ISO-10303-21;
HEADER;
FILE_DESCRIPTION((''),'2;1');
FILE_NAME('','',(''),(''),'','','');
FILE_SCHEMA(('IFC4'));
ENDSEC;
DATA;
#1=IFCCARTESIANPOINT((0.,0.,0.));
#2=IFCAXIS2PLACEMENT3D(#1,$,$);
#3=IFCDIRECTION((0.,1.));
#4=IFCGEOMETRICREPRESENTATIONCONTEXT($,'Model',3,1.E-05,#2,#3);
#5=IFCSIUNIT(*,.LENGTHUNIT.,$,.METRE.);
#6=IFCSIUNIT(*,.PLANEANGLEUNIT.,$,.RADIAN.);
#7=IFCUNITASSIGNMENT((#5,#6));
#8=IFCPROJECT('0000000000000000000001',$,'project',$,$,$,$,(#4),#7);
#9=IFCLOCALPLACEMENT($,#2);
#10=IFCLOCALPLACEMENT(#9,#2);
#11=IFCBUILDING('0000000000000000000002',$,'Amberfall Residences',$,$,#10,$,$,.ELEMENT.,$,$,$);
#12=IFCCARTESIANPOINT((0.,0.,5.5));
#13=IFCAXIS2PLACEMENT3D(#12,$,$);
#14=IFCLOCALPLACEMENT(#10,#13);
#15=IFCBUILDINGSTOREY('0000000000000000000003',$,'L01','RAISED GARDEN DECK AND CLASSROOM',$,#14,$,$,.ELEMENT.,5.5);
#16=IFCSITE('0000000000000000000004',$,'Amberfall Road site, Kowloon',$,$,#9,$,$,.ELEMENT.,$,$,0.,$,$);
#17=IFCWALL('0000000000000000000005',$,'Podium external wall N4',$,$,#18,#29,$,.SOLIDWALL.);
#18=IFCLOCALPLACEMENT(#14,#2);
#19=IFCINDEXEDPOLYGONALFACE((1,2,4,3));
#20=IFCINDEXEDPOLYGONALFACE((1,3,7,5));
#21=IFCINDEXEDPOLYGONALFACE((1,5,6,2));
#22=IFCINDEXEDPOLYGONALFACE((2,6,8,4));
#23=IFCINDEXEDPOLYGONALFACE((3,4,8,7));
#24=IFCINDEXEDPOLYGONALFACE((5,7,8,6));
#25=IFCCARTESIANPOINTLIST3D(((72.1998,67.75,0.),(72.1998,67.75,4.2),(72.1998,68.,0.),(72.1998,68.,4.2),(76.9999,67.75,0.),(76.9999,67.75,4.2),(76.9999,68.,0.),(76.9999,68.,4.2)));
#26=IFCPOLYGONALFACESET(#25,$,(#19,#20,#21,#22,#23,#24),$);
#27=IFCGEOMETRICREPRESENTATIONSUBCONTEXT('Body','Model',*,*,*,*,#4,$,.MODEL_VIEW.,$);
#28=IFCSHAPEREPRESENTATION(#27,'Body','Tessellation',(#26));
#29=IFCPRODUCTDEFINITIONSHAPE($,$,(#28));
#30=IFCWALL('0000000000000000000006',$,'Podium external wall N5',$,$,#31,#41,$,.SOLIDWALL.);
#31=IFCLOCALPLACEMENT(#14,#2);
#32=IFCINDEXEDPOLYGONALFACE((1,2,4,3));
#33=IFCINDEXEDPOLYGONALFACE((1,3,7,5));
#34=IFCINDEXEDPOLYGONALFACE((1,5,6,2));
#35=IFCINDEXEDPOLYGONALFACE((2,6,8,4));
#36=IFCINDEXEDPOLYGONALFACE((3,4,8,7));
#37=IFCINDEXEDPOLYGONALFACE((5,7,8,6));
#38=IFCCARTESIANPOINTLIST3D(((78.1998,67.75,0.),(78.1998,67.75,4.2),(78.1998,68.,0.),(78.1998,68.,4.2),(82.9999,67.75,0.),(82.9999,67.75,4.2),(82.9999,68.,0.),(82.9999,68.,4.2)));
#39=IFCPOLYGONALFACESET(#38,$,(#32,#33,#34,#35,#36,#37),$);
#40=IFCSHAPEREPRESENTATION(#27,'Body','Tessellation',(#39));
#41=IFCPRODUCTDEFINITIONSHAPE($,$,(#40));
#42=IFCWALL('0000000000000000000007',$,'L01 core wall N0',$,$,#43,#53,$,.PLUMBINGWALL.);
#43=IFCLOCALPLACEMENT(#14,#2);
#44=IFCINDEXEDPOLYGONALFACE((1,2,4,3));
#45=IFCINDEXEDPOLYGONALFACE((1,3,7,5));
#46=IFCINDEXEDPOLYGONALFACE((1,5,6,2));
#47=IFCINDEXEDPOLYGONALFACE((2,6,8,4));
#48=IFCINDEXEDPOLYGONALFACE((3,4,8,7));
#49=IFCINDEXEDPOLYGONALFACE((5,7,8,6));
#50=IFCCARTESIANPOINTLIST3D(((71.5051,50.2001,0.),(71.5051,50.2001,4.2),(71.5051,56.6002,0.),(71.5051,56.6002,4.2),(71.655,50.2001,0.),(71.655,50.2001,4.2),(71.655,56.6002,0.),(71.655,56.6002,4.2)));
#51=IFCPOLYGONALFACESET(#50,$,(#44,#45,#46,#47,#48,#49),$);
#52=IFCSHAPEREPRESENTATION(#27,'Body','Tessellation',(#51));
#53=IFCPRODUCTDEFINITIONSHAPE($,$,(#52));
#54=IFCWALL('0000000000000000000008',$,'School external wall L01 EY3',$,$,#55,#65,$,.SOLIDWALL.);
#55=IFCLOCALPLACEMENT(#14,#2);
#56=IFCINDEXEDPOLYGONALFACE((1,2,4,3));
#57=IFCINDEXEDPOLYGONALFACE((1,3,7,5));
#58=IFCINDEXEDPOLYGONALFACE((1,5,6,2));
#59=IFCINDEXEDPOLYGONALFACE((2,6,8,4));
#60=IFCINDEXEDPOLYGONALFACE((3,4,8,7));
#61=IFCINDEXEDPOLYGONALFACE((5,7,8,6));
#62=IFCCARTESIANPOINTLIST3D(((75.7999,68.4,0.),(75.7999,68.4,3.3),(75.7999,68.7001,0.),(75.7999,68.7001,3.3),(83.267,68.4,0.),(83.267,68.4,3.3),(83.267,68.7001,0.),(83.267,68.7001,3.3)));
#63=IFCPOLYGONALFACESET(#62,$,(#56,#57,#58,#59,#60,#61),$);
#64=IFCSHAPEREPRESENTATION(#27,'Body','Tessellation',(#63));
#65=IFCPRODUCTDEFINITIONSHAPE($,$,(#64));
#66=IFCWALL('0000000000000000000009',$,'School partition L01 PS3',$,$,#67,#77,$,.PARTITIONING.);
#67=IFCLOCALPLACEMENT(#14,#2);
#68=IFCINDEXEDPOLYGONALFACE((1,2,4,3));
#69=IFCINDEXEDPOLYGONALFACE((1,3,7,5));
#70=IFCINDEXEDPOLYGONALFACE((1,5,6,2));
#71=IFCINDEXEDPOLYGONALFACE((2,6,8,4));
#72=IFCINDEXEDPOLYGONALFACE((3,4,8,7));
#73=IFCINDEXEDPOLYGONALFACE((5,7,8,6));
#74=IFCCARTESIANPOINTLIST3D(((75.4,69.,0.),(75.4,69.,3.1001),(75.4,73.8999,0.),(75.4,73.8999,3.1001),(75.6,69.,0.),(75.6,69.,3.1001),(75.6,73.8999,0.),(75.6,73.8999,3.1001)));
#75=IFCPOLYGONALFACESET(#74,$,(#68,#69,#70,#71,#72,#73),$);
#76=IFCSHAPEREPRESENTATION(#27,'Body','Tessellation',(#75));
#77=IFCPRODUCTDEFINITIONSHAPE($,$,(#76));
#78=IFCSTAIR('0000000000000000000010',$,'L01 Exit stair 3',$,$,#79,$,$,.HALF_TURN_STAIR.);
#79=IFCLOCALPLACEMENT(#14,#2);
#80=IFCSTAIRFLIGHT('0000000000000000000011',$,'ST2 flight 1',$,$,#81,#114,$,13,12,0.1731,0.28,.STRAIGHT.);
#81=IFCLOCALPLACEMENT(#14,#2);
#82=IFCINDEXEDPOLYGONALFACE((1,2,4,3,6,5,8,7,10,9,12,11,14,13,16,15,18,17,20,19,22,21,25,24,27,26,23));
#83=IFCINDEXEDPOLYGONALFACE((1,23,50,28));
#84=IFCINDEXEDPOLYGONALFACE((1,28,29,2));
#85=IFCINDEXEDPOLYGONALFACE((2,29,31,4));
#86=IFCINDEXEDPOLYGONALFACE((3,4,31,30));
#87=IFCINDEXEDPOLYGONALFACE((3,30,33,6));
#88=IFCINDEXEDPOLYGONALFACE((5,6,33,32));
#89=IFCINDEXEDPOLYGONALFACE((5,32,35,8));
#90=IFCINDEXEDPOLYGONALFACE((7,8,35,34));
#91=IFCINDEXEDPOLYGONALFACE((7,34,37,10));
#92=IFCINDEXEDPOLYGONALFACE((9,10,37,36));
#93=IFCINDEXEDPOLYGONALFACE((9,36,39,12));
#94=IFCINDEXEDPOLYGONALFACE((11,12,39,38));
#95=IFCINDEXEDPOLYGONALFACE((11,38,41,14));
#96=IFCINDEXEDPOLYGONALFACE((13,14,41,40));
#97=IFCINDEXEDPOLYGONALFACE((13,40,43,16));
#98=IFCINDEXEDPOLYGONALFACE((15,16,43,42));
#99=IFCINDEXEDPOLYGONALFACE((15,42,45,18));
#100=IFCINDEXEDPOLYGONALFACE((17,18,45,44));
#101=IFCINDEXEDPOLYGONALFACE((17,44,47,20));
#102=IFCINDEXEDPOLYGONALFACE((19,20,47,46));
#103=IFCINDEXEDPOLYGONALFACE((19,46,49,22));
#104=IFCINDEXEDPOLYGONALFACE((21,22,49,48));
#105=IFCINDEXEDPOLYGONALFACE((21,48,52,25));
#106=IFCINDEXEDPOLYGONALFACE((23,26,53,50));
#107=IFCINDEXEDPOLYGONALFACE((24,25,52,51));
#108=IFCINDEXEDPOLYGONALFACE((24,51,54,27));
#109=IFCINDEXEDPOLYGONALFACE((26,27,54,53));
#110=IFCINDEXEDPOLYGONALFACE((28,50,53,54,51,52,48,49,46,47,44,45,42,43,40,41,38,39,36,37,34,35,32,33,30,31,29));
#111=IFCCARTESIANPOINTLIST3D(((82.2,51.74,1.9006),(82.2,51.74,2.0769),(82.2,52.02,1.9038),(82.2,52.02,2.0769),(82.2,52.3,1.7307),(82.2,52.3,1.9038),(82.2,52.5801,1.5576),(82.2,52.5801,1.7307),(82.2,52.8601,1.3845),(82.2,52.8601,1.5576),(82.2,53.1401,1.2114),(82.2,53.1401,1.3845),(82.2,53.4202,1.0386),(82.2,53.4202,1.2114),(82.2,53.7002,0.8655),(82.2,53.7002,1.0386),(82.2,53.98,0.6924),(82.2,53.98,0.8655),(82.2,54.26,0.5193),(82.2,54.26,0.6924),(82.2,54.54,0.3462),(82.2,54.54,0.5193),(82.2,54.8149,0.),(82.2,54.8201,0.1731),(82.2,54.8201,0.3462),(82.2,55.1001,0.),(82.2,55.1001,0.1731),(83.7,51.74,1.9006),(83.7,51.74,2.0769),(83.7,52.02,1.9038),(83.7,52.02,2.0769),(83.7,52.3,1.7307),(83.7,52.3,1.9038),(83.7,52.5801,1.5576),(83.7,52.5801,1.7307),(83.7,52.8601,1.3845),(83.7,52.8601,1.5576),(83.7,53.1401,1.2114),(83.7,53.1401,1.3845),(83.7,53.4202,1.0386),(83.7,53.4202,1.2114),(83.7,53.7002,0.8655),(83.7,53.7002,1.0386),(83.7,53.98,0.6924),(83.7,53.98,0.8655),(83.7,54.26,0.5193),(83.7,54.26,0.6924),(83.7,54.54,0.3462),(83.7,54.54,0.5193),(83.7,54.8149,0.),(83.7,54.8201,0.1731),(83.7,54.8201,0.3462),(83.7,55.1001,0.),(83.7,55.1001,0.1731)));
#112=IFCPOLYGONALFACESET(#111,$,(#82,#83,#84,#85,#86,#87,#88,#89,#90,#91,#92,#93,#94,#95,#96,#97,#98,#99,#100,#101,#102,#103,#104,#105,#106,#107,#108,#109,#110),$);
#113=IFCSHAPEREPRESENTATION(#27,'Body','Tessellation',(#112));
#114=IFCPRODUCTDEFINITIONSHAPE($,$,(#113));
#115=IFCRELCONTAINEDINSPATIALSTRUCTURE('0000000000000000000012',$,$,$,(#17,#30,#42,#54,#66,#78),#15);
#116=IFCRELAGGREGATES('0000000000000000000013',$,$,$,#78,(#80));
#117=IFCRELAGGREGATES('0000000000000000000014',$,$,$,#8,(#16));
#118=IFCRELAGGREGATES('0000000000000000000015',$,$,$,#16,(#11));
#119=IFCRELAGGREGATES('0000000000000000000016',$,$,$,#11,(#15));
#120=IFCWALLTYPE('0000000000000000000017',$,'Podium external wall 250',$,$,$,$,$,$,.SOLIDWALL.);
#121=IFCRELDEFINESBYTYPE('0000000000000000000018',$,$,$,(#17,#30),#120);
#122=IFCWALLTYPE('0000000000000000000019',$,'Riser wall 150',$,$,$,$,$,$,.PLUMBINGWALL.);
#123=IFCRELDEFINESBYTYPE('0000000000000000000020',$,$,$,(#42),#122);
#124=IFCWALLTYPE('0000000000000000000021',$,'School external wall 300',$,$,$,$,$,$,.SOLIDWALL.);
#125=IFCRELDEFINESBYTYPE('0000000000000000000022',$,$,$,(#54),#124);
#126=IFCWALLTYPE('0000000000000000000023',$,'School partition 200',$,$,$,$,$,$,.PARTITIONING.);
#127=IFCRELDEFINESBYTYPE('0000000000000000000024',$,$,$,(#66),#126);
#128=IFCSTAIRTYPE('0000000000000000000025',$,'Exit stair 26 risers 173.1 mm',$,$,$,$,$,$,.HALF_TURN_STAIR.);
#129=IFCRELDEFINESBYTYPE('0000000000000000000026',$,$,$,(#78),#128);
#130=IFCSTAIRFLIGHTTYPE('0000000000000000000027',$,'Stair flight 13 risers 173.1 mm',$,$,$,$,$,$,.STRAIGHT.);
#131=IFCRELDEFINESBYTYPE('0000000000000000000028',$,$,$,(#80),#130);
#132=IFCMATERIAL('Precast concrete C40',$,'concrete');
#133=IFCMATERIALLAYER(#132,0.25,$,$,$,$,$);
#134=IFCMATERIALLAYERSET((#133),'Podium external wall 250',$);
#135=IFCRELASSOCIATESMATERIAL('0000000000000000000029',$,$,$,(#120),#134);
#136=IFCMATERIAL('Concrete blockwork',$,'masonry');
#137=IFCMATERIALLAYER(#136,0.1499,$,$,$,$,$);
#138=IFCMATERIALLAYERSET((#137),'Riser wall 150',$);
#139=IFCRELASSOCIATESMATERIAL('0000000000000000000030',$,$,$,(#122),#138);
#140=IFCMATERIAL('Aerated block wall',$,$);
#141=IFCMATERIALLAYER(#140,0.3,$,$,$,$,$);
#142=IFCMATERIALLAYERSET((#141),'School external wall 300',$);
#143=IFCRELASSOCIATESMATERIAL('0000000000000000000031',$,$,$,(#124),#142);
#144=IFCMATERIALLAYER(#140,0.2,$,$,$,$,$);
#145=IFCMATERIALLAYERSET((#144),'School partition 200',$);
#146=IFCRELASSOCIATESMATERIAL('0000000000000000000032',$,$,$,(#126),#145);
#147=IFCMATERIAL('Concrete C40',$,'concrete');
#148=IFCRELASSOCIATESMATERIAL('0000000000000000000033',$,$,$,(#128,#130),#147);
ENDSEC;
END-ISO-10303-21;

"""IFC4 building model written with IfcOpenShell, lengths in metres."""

from ifc_helpers import new_model, si_unit, direction, frame, frame_2d, origin, place, context, subcontext, project, spatial, polyline, rectangle, outline, extrude, material, layer, layer_set, type_object, element, aggregate, save


model = new_model("IFC4")

# Units and contexts
model_context = context("Model", 3, precision=1e-05, world=origin(), true_north=direction((0.0, 1.0)))
body_context = subcontext(model_context, "Body", "Model", "MODEL_VIEW")
ifc_project = project(units=[si_unit("LENGTHUNIT", "METRE"), si_unit("PLANEANGLEUNIT", "RADIAN")], contexts=[model_context])

# Site, building, storey
site_placement = place(None, origin())
site = spatial("IfcSite", under=ifc_project, at=site_placement, Name="Amberfall Road site, Kowloon", CompositionType="ELEMENT", RefElevation=0.0)
building_placement = place(site_placement, origin())
building = spatial("IfcBuilding", under=site, at=building_placement, Name="Amberfall Residences", CompositionType="ELEMENT")
storey_placement = place(building_placement, frame((0.0, 0.0, 5.5)))
storey = spatial("IfcBuildingStorey", under=building, at=storey_placement, Name="L01", Description="RAISED GARDEN DECK AND CLASSROOM", CompositionType="ELEMENT", Elevation=5.5)

# Shared definitions
ifc_material_1 = material(Name="Concrete C40", Category="concrete")

# Walls
ifc_material_2 = material(Name="Precast concrete C40", Category="concrete")
ifc_layer_1 = layer(ifc_material_2, 0.25)
ifc_layer_set_1 = layer_set([ifc_layer_1], Name="Podium external wall 250")
wall_type_1 = type_object("IfcWallType", Name="Podium external wall 250", PredefinedType="SOLIDWALL", material=ifc_layer_set_1)
for number, where, z_axis, x_axis, name in (
    (1, (72.2, 67.875, 0.0), (0.0, 0.0, 1.0), (1.0, 0.0, 0.0), "Podium external wall N4"),
    (2, (78.2, 67.875, 0.0), (0.0, 0.0, 1.0), (1.0, 0.0, 0.0), "Podium external wall N5"),
):
    element("IfcWall", number, at=place(storey_placement, frame(where, z_axis=z_axis, x_axis=x_axis)), inside=storey, type_object=wall_type_1, Name=name, PredefinedType="SOLIDWALL", context=body_context, shape_type="SweptSolid", body=[
        extrude(rectangle(XDim=4.8, YDim=0.25, at=frame_2d((2.3999, 0.0))), origin(), (0.0, 0.0, 1.0), 4.2),
    ])
ifc_material_3 = material(Name="Concrete blockwork", Category="masonry")
ifc_layer_2 = layer(ifc_material_3, 0.1499)
ifc_layer_set_2 = layer_set([ifc_layer_2], Name="Riser wall 150")
wall_type_2 = type_object("IfcWallType", Name="Riser wall 150", PredefinedType="PLUMBINGWALL", material=ifc_layer_set_2)
wall_1_placement = place(storey_placement, frame((71.5801, 50.2, 0.0), z_axis=(0.0, 0.0, 1.0), x_axis=(0.0, 1.0, 0.0)))
element("IfcWall", 3, at=wall_1_placement, inside=storey, type_object=wall_type_2, Name="L01 core wall N0", PredefinedType="PLUMBINGWALL", context=body_context, shape_type="SweptSolid", body=[
    extrude(rectangle(XDim=6.4001, YDim=0.1499, at=frame_2d((3.2002, 0.0))), origin(), (0.0, 0.0, 1.0), 4.2),
])
ifc_material_4 = material(Name="Aerated block wall")
ifc_layer_3 = layer(ifc_material_4, 0.3)
ifc_layer_set_3 = layer_set([ifc_layer_3], Name="School external wall 300")
wall_type_3 = type_object("IfcWallType", Name="School external wall 300", PredefinedType="SOLIDWALL", material=ifc_layer_set_3)
wall_2_placement = place(storey_placement, frame((75.8, 68.55, 0.0), z_axis=(0.0, 0.0, 1.0), x_axis=(1.0, 0.0, 0.0)))
element("IfcWall", 4, at=wall_2_placement, inside=storey, type_object=wall_type_3, Name="School external wall L01 EY3", PredefinedType="SOLIDWALL", context=body_context, shape_type="SweptSolid", body=[
    extrude(rectangle(XDim=7.467, YDim=0.3, at=frame_2d((3.7334, 0.0))), origin(), (0.0, 0.0, 1.0), 3.3),
])
ifc_layer_4 = layer(ifc_material_4, 0.2)
ifc_layer_set_4 = layer_set([ifc_layer_4], Name="School partition 200")
wall_type_4 = type_object("IfcWallType", Name="School partition 200", PredefinedType="PARTITIONING", material=ifc_layer_set_4)
wall_3_placement = place(storey_placement, frame((75.5, 69.0, 0.0), z_axis=(0.0, 0.0, 1.0), x_axis=(0.0, 1.0, 0.0)))
element("IfcWall", 5, at=wall_3_placement, inside=storey, type_object=wall_type_4, Name="School partition L01 PS3", PredefinedType="PARTITIONING", context=body_context, shape_type="SweptSolid", body=[
    extrude(rectangle(XDim=4.8999, YDim=0.2, at=frame_2d((2.45, 0.0))), origin(), (0.0, 0.0, 1.0), 3.1001),
])

# Stair, stair flight
stair_type = type_object("IfcStairType", Name="Exit stair 26 risers 173.1 mm", PredefinedType="HALF_TURN_STAIR", material=ifc_material_1)
stair_placement = place(storey_placement, origin())
stair = element("IfcStair", 6, at=stair_placement, inside=storey, type_object=stair_type, Name="L01 Exit stair 3", PredefinedType="HALF_TURN_STAIR")
stair_flight_type = type_object("IfcStairFlightType", Name="Stair flight 13 risers 173.1 mm", PredefinedType="STRAIGHT", material=ifc_material_1)
stair_flight_placement = place(storey_placement, frame((82.95, 55.1001, 0.0), z_axis=(0.0, 0.0, 1.0), x_axis=(0.0, -1.0, 0.0)))
stair_flight = element("IfcStairFlight", 7, at=stair_flight_placement, type_object=stair_flight_type, Name="ST2 flight 1", NumberOfRisers=13, NumberOfTreads=12, PredefinedType="STRAIGHT", RiserHeight=0.1731, TreadLength=0.28, context=body_context, shape_type="SweptSolid", body=[
    extrude(outline(polyline([(0.0, 0.0), (0.0, 0.1731), (0.28, 0.1731), (0.28, 0.3462), (0.5601, 0.3462), (0.5601, 0.5193), (0.8401, 0.5193), (0.8401, 0.6924), (1.1201, 0.6924), (1.1201, 0.8655), (1.3999, 0.8655), (1.3999, 1.0386), (1.6799, 1.0386), (1.6799, 1.2114), (1.96, 1.2114), (1.96, 1.3845), (2.24, 1.3845), (2.24, 1.5576), (2.52, 1.5576), (2.52, 1.7307), (2.8, 1.7307), (2.8, 1.9038), (3.0801, 1.9038), (3.0801, 2.0769), (3.3601, 2.0769), (3.3601, 2.25), (3.3601, 1.9006), (0.2852, 0.0), (0.0, 0.0)])), frame((0.0, 0.75, 0.0), z_axis=(0.0, -1.0, 0.0), x_axis=(1.0, 0.0, 0.0)), (0.0, 0.0, 1.0), 1.5),
])
aggregate(stair, [stair_flight])

save(model, "model.ifc")
